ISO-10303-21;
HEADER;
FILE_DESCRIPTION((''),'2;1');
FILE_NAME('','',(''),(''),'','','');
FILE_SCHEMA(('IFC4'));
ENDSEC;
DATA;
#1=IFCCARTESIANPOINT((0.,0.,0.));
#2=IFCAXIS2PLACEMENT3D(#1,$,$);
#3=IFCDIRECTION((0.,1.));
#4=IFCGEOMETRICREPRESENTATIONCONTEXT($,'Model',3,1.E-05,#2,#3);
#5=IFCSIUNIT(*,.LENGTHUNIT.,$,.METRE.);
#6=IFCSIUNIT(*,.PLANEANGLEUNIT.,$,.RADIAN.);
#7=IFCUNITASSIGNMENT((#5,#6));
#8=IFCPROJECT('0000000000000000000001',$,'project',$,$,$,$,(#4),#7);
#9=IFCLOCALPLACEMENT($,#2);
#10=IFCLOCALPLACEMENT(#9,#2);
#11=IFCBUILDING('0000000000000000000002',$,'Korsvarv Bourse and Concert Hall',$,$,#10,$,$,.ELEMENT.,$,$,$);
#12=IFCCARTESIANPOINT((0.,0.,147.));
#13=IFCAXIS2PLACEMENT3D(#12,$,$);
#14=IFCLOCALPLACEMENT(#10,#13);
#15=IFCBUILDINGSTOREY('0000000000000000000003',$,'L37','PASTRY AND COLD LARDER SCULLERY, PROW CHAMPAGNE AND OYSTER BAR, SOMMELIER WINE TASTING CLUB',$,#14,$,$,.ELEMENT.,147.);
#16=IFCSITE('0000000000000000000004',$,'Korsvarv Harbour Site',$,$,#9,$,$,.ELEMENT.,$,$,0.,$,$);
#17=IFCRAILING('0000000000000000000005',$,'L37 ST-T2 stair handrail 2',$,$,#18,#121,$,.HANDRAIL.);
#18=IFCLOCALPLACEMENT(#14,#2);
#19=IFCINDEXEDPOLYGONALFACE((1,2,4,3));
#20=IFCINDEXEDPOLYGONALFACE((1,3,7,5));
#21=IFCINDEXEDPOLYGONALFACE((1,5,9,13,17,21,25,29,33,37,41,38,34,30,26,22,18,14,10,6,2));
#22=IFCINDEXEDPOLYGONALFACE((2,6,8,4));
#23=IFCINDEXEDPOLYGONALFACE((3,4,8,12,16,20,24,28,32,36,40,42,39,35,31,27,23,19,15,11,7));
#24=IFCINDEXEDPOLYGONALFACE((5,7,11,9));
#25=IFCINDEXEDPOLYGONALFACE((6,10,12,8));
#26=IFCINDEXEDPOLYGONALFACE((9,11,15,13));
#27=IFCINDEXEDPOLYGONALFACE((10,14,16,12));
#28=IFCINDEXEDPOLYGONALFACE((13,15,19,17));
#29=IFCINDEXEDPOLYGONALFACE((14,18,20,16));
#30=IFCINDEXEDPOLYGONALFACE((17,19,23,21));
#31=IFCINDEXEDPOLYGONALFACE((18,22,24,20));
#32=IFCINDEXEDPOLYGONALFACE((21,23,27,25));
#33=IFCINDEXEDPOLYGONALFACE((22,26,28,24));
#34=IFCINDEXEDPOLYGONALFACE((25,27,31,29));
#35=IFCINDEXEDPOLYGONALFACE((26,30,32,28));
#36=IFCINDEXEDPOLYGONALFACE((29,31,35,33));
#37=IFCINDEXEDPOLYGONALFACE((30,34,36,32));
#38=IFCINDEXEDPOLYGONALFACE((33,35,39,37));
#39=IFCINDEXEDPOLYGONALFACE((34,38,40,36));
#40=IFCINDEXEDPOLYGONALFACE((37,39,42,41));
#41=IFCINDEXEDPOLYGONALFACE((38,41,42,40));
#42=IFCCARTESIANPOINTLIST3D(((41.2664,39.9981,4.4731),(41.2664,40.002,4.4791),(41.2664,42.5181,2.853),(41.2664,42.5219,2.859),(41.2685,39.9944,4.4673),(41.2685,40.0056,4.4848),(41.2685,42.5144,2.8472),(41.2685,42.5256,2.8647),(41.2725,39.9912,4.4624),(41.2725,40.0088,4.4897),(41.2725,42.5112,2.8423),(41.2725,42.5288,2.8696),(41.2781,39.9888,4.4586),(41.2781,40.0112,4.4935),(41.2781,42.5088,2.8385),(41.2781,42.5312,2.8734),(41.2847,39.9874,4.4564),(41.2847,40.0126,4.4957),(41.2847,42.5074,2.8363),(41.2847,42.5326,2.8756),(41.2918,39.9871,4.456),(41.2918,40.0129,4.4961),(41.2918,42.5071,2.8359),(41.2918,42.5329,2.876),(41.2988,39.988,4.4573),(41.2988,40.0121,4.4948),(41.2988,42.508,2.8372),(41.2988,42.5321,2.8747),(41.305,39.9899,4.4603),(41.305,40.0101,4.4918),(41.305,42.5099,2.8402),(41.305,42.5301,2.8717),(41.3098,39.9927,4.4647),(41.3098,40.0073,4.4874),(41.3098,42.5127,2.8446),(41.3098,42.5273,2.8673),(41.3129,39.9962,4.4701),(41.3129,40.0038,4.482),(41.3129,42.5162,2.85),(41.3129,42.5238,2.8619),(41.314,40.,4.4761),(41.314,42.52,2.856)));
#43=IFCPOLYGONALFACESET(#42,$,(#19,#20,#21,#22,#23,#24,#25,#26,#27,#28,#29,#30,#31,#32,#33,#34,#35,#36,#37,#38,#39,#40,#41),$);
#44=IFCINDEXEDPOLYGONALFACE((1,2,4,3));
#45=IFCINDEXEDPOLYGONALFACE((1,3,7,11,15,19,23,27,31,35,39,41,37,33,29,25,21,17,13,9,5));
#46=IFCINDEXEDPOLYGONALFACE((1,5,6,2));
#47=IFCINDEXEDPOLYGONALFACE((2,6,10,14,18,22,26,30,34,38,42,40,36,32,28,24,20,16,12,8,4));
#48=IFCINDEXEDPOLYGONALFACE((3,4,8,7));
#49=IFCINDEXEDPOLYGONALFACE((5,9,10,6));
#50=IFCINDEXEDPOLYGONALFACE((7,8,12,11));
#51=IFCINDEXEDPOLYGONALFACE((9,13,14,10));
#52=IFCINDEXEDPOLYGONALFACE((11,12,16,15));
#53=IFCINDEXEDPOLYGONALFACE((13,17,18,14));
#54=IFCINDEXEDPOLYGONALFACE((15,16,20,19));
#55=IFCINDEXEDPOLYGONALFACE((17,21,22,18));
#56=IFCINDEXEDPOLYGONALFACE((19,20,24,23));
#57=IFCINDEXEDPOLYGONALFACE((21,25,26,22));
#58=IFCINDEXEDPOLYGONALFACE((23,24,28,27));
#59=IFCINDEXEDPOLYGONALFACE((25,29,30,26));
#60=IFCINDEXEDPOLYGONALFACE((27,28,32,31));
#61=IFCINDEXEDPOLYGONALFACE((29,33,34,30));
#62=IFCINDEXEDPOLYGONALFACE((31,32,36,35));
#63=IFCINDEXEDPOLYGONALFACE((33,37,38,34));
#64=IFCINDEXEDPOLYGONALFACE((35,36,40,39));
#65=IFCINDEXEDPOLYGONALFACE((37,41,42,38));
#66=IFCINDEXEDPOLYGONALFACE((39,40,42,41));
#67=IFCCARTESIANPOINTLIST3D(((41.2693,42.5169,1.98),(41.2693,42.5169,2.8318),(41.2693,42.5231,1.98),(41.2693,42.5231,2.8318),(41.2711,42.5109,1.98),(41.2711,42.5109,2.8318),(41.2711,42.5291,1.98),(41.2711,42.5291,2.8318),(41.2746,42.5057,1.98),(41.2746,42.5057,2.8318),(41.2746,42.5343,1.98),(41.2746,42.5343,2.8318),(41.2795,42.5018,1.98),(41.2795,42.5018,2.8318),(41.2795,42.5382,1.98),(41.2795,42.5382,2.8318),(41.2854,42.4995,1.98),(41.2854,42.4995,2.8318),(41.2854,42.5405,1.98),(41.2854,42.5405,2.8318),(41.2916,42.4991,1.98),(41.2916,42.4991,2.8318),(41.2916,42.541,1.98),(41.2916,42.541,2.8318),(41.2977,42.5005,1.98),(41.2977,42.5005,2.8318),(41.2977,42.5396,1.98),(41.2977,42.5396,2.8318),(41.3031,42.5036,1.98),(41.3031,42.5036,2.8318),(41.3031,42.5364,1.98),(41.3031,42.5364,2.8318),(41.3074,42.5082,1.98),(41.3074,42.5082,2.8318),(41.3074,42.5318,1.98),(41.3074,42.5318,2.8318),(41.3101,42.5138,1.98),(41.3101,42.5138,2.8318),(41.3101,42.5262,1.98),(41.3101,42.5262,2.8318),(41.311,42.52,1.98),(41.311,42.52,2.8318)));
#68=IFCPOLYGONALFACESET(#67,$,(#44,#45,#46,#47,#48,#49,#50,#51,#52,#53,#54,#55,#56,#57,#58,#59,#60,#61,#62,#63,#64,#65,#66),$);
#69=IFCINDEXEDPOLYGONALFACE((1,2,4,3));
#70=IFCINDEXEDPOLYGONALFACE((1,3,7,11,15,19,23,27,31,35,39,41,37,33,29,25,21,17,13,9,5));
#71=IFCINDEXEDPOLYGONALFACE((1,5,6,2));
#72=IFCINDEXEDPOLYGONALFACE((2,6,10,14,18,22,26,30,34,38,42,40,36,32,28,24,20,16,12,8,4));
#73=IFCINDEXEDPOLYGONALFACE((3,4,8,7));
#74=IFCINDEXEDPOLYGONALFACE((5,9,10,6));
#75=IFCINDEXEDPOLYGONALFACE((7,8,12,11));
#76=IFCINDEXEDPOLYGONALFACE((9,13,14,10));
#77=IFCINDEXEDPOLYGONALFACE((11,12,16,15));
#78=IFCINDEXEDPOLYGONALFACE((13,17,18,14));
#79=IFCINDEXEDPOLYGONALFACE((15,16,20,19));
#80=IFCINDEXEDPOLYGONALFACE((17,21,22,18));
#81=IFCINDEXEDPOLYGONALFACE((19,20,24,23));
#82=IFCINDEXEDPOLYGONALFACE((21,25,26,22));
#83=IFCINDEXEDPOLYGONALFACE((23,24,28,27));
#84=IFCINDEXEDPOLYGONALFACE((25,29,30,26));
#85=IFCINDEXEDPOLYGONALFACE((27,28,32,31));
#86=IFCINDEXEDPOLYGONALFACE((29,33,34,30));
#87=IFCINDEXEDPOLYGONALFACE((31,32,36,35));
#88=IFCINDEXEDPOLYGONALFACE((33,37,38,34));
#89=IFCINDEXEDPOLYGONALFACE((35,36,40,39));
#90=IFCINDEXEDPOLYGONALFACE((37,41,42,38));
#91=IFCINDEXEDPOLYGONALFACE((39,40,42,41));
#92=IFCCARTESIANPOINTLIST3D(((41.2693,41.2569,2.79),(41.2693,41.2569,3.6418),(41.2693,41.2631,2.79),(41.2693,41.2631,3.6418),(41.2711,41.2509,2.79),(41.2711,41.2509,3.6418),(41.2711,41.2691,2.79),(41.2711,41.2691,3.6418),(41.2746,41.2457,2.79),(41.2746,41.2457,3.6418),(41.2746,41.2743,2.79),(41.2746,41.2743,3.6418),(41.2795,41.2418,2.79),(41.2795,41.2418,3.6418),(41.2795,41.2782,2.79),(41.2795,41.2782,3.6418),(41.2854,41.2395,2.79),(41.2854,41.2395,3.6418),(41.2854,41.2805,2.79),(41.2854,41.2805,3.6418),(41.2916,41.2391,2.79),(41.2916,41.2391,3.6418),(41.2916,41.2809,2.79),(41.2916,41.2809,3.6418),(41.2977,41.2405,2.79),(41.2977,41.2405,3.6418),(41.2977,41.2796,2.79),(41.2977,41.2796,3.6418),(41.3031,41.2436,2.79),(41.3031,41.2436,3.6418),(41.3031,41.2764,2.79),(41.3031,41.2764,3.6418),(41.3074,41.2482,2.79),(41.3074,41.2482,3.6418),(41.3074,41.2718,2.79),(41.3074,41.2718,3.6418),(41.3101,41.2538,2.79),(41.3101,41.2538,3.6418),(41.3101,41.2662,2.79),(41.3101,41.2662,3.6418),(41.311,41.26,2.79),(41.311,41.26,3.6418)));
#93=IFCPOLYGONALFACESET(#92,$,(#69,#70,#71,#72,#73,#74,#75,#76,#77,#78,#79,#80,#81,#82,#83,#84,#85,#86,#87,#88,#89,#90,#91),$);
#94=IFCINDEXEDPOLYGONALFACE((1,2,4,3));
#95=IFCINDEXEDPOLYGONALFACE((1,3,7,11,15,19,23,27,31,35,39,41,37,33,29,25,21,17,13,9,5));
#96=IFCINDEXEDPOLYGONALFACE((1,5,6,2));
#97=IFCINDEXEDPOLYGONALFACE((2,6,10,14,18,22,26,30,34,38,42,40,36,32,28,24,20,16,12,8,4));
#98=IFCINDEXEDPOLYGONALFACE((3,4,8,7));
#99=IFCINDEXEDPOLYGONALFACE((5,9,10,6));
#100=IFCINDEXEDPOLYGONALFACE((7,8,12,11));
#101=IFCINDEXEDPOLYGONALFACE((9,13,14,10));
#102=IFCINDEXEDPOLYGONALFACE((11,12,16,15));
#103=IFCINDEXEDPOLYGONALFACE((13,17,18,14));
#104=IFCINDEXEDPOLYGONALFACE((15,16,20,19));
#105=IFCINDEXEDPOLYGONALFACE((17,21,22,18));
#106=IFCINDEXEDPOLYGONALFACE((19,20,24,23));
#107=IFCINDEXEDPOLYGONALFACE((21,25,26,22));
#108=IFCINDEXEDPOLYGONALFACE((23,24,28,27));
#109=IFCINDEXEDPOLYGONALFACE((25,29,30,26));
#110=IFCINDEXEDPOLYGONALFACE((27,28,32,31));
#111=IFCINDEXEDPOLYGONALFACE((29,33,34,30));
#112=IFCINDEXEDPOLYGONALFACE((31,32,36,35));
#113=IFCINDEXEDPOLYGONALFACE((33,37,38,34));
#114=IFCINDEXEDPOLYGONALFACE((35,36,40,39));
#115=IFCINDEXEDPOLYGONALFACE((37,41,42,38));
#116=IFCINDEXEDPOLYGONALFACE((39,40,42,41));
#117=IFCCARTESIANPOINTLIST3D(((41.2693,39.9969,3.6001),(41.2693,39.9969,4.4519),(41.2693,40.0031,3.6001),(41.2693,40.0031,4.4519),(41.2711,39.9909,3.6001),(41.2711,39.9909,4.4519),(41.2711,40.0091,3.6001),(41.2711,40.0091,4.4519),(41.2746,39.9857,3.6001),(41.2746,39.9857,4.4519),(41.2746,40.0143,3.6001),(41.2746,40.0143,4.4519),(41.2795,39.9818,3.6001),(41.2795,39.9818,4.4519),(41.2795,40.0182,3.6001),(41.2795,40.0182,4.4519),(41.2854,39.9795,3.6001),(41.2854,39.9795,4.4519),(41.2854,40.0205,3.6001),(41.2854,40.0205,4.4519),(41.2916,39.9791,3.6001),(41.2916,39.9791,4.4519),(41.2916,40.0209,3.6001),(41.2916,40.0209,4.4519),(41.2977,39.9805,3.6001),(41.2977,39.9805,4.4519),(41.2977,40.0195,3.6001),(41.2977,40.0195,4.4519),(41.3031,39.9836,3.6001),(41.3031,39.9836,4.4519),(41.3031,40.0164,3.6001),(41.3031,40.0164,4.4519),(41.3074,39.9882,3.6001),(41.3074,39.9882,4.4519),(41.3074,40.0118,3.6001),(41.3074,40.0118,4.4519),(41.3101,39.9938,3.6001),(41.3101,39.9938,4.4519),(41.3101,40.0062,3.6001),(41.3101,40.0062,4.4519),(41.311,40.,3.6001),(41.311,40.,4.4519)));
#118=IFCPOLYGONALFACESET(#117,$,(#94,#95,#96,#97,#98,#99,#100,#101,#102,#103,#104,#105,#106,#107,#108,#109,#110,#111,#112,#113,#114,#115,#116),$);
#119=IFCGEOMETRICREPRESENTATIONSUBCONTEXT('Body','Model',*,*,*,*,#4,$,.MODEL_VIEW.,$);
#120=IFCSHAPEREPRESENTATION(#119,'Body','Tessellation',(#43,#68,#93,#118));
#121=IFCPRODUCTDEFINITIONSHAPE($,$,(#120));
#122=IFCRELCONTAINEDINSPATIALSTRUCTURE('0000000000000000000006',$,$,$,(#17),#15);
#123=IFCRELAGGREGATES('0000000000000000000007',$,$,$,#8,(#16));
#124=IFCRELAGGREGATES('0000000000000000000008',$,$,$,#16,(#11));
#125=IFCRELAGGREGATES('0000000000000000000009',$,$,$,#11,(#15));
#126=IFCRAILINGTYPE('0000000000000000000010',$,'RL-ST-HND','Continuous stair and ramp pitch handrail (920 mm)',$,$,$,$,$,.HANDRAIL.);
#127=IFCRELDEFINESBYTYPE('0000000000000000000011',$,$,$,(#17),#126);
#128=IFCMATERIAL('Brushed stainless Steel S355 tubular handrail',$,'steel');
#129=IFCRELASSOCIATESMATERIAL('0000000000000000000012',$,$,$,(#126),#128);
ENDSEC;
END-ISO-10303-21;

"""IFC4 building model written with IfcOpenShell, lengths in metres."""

from ifc_helpers import new_model, si_unit, direction, frame, origin, origin_2d, place, context, subcontext, project, spatial, circle, extrude, material, type_object, element, save


model = new_model("IFC4")

# Units and contexts
model_context = context("Model", 3, precision=1e-05, world=origin(), true_north=direction((0.0, 1.0)))
body_context = subcontext(model_context, "Body", "Model", "MODEL_VIEW")
ifc_project = project(units=[si_unit("LENGTHUNIT", "METRE"), si_unit("PLANEANGLEUNIT", "RADIAN")], contexts=[model_context])

# Site, building, storey
site_placement = place(None, origin())
site = spatial("IfcSite", under=ifc_project, at=site_placement, Name="Korsvarv Harbour Site", CompositionType="ELEMENT", RefElevation=0.0)
building_placement = place(site_placement, origin())
building = spatial("IfcBuilding", under=site, at=building_placement, Name="Korsvarv Bourse and Concert Hall", CompositionType="ELEMENT")
storey_placement = place(building_placement, frame((0.0, 0.0, 147.0)))
storey = spatial("IfcBuildingStorey", under=building, at=storey_placement, Name="L37", Description="PASTRY AND COLD LARDER SCULLERY, PROW CHAMPAGNE AND OYSTER BAR, SOMMELIER WINE TASTING CLUB", CompositionType="ELEMENT", Elevation=147.0)

# Railing
ifc_material_1 = material(Name="Brushed stainless Steel S355 tubular handrail", Category="steel")
railing_type = type_object("IfcRailingType", Name="RL-ST-HND", Description="Continuous stair and ramp pitch handrail (920 mm)", PredefinedType="HANDRAIL", material=ifc_material_1)
railing_placement = place(storey_placement, frame((41.29, 42.52, 1.98)))
element("IfcRailing", 1, at=railing_placement, inside=storey, type_object=railing_type, Name="L37 ST-T2 stair handrail 2", PredefinedType="HANDRAIL", context=body_context, shape_type="SweptSolid", body=[
    extrude(circle(Radius=0.0239, at=origin_2d()), frame((0.0, 0.0, 0.876), z_axis=(0.0, -0.841163, 0.540782), x_axis=(1.0, 0.0, 0.0)), (0.0, 0.0, 1.0), 2.9958),
    extrude(circle(Radius=0.021, at=origin_2d()), origin(), (0.0, 0.0, 1.0), 0.8518),
    extrude(circle(Radius=0.021, at=origin_2d()), frame((0.0, -1.26, 0.8101)), (0.0, 0.0, 1.0), 0.8518),
    extrude(circle(Radius=0.021, at=origin_2d()), frame((0.0, -2.52, 1.6201)), (0.0, 0.0, 1.0), 0.8518),
])

save(model, "model.ifc")
